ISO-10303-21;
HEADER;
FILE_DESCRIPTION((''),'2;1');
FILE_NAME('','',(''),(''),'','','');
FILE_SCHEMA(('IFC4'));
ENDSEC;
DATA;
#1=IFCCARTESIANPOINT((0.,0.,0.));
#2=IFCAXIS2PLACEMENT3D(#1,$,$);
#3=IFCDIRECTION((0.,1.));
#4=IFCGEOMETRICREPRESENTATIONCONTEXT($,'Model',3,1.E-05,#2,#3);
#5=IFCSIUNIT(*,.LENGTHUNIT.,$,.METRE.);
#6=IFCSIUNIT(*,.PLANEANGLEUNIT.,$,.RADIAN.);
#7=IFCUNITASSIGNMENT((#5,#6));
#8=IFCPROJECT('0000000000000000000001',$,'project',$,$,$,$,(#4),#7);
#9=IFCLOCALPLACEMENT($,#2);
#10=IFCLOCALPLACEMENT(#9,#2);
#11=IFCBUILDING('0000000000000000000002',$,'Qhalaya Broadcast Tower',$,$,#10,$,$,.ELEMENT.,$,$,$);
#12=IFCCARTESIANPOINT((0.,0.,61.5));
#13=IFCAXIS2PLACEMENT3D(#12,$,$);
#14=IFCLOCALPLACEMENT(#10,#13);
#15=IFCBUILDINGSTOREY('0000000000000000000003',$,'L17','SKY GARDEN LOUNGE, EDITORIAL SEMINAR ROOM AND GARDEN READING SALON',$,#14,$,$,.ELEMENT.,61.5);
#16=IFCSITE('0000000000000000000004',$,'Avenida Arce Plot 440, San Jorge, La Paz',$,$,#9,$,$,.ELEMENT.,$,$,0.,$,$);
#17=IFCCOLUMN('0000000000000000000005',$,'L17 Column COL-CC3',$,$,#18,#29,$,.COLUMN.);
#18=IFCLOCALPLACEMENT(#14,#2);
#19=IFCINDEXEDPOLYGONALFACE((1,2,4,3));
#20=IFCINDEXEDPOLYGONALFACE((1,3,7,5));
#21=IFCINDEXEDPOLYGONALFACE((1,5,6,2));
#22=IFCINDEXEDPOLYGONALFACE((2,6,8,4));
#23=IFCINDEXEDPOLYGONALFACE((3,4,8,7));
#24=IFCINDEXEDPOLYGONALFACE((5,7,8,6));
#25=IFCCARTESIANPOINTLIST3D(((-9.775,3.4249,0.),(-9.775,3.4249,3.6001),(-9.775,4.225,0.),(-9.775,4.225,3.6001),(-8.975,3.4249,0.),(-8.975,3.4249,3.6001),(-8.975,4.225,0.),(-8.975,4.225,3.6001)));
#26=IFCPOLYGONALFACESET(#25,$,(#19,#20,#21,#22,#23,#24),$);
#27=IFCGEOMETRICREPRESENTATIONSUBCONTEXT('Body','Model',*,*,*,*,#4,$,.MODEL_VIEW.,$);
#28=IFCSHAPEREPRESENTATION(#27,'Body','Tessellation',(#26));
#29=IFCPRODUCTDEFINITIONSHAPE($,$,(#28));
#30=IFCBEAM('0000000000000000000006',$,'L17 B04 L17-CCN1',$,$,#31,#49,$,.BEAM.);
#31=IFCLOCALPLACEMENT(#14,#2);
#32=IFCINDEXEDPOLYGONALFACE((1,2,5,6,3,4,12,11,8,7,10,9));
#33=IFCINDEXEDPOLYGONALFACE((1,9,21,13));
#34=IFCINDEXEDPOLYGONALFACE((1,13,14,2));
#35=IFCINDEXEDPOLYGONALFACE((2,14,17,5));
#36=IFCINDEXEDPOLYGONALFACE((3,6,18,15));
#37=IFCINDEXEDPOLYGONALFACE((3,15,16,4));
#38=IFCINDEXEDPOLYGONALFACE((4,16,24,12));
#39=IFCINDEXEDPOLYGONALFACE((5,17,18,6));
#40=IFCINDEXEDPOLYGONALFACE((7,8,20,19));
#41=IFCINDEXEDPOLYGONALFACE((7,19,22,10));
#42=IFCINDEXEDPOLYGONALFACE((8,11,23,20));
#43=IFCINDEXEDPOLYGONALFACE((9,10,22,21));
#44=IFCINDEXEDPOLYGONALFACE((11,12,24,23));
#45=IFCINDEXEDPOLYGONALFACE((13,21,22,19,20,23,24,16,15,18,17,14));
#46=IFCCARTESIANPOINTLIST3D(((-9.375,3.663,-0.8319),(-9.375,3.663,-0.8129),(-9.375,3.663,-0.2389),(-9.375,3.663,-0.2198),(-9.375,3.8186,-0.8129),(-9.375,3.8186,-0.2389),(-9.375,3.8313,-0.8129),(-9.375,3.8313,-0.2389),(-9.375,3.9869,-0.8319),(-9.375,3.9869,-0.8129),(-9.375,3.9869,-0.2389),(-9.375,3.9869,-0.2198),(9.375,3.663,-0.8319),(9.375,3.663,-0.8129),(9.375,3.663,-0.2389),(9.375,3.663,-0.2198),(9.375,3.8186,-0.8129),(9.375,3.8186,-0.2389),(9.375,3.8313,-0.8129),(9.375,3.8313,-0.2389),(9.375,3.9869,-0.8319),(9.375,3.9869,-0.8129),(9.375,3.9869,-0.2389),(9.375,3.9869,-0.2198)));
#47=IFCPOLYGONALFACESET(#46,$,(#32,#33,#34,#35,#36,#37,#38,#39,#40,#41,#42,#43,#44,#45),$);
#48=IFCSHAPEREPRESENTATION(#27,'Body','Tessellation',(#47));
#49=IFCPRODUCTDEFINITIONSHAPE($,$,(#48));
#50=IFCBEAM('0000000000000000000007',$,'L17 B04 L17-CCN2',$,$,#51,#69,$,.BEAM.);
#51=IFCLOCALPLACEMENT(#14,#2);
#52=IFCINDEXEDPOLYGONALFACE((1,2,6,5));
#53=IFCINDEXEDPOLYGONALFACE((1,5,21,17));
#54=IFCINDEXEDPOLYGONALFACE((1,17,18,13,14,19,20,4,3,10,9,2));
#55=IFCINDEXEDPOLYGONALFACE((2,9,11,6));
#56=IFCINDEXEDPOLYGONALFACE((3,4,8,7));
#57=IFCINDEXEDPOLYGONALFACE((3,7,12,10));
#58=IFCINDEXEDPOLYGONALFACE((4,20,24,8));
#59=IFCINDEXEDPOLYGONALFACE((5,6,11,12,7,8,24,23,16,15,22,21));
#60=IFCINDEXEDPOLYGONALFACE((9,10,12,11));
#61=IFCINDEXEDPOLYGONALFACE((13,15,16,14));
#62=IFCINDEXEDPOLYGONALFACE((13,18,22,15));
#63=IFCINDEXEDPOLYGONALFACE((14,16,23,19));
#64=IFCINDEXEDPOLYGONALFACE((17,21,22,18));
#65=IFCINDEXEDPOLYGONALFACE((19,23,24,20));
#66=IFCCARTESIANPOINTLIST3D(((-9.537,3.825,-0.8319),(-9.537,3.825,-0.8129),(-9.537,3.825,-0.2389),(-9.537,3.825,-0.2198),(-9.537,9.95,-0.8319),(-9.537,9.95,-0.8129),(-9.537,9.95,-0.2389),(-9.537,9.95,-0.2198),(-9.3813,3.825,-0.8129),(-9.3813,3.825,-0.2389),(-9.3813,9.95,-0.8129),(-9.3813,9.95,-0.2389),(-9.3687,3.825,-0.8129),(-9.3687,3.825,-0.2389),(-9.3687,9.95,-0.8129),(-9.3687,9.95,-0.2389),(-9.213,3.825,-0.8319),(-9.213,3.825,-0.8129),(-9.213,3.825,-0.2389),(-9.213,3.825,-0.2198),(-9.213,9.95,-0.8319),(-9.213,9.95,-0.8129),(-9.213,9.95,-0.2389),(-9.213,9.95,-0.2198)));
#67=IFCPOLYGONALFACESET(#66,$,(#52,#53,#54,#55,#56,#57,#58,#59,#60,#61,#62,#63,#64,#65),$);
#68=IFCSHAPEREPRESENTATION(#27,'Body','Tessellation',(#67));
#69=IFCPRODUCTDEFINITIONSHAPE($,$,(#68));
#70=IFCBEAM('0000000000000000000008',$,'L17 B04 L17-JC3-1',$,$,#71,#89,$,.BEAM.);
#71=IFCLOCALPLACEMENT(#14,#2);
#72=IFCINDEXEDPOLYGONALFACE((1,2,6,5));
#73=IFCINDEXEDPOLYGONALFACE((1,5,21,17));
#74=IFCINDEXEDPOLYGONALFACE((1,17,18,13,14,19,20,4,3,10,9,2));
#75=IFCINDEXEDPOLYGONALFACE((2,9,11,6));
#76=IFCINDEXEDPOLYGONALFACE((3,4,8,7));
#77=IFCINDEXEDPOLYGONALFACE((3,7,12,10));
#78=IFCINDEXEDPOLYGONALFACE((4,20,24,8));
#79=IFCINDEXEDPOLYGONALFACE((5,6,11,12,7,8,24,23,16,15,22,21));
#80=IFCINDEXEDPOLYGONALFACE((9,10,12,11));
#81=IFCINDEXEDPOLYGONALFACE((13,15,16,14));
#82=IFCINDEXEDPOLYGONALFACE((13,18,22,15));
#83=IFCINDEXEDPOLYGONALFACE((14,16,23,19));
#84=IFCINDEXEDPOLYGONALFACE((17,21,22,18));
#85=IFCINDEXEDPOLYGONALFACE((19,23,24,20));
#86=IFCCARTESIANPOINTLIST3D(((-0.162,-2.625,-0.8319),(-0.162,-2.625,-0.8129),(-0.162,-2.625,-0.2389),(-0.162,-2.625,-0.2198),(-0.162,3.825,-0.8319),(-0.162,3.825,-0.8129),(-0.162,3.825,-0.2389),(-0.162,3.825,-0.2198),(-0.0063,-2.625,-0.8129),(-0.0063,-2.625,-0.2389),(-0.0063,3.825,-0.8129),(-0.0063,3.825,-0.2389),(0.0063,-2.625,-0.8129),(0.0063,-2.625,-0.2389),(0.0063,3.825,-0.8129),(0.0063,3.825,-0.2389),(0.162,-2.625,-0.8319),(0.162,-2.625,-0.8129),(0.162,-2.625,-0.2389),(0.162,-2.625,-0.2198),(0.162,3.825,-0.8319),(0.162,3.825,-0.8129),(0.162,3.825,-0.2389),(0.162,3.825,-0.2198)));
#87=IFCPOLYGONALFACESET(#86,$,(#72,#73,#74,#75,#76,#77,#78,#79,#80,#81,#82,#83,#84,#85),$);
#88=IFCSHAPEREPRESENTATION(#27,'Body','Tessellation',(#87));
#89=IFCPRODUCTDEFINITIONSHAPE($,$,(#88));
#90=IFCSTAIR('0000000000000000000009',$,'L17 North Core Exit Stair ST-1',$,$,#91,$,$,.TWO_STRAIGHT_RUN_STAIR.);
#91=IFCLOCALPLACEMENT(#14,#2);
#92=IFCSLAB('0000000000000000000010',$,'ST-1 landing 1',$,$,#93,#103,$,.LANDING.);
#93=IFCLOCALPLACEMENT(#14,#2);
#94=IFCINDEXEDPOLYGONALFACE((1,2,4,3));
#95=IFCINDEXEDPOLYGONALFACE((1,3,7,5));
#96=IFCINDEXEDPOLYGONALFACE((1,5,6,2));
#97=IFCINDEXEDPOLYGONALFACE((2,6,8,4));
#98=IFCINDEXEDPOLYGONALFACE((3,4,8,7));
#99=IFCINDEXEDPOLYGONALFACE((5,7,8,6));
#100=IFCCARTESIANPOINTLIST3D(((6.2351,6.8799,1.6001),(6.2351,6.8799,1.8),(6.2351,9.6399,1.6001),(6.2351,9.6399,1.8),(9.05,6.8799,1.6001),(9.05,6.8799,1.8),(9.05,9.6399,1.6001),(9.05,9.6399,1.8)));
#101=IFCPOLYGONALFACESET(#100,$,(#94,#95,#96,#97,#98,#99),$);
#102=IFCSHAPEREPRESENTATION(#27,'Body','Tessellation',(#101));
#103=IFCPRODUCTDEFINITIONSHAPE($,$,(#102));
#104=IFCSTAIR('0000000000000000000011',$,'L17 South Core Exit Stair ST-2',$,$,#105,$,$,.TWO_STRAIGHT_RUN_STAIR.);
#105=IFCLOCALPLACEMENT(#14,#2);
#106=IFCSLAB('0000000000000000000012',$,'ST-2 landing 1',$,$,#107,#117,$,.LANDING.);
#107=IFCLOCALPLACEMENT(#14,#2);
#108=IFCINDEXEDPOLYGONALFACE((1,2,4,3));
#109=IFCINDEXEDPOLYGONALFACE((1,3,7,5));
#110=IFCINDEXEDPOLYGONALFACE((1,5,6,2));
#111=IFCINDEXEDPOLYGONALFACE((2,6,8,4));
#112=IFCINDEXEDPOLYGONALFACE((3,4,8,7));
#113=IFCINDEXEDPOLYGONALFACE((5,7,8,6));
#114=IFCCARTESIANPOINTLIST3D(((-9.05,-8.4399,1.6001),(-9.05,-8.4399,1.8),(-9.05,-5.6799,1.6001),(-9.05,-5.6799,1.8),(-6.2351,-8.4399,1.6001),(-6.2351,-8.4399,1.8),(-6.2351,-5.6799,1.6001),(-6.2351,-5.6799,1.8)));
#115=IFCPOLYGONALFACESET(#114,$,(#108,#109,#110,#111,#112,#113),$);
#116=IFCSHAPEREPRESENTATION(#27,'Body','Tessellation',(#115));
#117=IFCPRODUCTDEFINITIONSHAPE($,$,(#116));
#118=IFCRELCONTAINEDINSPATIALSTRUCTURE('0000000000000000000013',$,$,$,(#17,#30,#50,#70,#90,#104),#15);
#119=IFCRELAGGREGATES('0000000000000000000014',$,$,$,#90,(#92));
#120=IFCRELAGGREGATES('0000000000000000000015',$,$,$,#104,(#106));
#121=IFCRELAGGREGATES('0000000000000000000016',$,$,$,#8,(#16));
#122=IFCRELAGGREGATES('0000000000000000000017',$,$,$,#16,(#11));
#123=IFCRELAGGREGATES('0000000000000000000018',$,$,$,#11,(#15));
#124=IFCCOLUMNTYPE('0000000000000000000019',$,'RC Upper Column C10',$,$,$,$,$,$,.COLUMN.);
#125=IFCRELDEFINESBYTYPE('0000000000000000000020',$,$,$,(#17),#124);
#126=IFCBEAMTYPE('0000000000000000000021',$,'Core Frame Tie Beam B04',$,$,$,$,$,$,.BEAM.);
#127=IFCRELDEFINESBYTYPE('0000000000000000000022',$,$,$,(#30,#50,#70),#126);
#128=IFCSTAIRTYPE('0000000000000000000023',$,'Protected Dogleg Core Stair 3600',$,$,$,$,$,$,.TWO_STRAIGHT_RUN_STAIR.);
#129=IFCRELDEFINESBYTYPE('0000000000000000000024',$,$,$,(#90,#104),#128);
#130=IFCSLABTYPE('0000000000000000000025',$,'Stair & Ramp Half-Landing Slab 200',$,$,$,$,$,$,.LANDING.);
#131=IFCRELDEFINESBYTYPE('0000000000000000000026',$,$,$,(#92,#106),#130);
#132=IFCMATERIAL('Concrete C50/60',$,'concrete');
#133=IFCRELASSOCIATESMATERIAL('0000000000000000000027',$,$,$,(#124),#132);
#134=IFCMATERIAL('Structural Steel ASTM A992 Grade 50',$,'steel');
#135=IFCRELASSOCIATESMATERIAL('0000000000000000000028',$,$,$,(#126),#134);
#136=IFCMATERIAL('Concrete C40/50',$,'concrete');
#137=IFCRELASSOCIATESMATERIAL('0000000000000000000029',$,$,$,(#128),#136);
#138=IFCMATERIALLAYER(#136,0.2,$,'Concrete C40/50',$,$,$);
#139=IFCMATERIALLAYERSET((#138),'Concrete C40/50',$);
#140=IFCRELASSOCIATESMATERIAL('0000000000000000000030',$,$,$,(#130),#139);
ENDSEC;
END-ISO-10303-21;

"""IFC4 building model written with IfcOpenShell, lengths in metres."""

from ifc_helpers import new_model, si_unit, direction, frame, origin, origin_2d, place, context, subcontext, project, spatial, polyline, rectangle, i_section, outline, extrude, material, layer, layer_set, material_profile, profile_set, type_object, element, aggregate, save


model = new_model("IFC4")

# Units and contexts
model_context = context("Model", 3, precision=1e-05, world=origin(), true_north=direction((0.0, 1.0)))
body_context = subcontext(model_context, "Body", "Model", "MODEL_VIEW")
ifc_project = project(units=[si_unit("LENGTHUNIT", "METRE"), si_unit("PLANEANGLEUNIT", "RADIAN")], contexts=[model_context])

# Site, building, storey
site_placement = place(None, origin())
site = spatial("IfcSite", under=ifc_project, at=site_placement, Name="Avenida Arce Plot 440, San Jorge, La Paz", CompositionType="ELEMENT", RefElevation=0.0)
building_placement = place(site_placement, origin())
building = spatial("IfcBuilding", under=site, at=building_placement, Name="Qhalaya Broadcast Tower", CompositionType="ELEMENT")
storey_placement = place(building_placement, frame((0.0, 0.0, 61.5)))
storey = spatial("IfcBuildingStorey", under=building, at=storey_placement, Name="L17", Description="SKY GARDEN LOUNGE, EDITORIAL SEMINAR ROOM AND GARDEN READING SALON", CompositionType="ELEMENT", Elevation=61.5)

# Column
ifc_material_1 = material(Name="Concrete C50/60", Category="concrete")
ifc_material_profile_1 = material_profile(ifc_material_1, rectangle(XDim=0.8, YDim=0.8, at=origin_2d()), Name="RC-COL 800x800")
ifc_profile_set_1 = profile_set([ifc_material_profile_1], Name="Concrete C50/60")
column_type = type_object("IfcColumnType", Name="RC Upper Column C10", PredefinedType="COLUMN", material=ifc_profile_set_1)
column_placement = place(storey_placement, frame((-9.375, 3.825, 0.0), z_axis=(0.0, 0.0, 1.0), x_axis=(1.0, 0.0, 0.0)))
element("IfcColumn", 1, at=column_placement, inside=storey, type_object=column_type, Name="L17 Column COL-CC3", PredefinedType="COLUMN", context=body_context, shape_type="SweptSolid", body=[
    extrude(rectangle(XDim=0.8, YDim=0.8, at=origin_2d()), origin(), (0.0, 0.0, 1.0), 3.6001),
])

# Beams
ifc_material_2 = material(Name="Structural Steel ASTM A992 Grade 50", Category="steel")
ifc_material_profile_2 = material_profile(ifc_material_2, i_section(OverallWidth=0.324, OverallDepth=0.6121, WebThickness=0.0127, FlangeThickness=0.019, at=origin_2d()), Name="W24X104")
ifc_profile_set_2 = profile_set([ifc_material_profile_2], Name="Structural Steel ASTM A992 Grade 50")
beam_type = type_object("IfcBeamType", Name="Core Frame Tie Beam B04", PredefinedType="BEAM", material=ifc_profile_set_2)
beam_1_placement = place(storey_placement, frame((-9.375, 3.825, -0.5259), z_axis=(1.0, 0.0, 0.0), x_axis=(0.0, 1.0, 0.0)))
element("IfcBeam", 2, at=beam_1_placement, inside=storey, type_object=beam_type, Name="L17 B04 L17-CCN1", PredefinedType="BEAM", context=body_context, shape_type="SweptSolid", body=[
    extrude(i_section(OverallWidth=0.324, OverallDepth=0.6121, WebThickness=0.0127, FlangeThickness=0.019, at=origin_2d()), origin(), (0.0, 0.0, 1.0), 18.75),
])
beam_2_placement = place(storey_placement, frame((-9.375, 3.825, -0.5259), z_axis=(0.0, 1.0, 0.0), x_axis=(-1.0, 0.0, 0.0)))
element("IfcBeam", 3, at=beam_2_placement, inside=storey, type_object=beam_type, Name="L17 B04 L17-CCN2", PredefinedType="BEAM", context=body_context, shape_type="SweptSolid", body=[
    extrude(i_section(OverallWidth=0.324, OverallDepth=0.6121, WebThickness=0.0127, FlangeThickness=0.019, at=origin_2d()), origin(), (0.0, 0.0, 1.0), 6.125),
])
beam_3_placement = place(storey_placement, frame((0.0, -2.625, -0.5259), z_axis=(0.0, 1.0, 0.0), x_axis=(-1.0, 0.0, 0.0)))
element("IfcBeam", 4, at=beam_3_placement, inside=storey, type_object=beam_type, Name="L17 B04 L17-JC3-1", PredefinedType="BEAM", context=body_context, shape_type="SweptSolid", body=[
    extrude(i_section(OverallWidth=0.324, OverallDepth=0.6121, WebThickness=0.0127, FlangeThickness=0.019, at=origin_2d()), origin(), (0.0, 0.0, 1.0), 6.45),
])

# Stairs, slabs
ifc_material_3 = material(Name="Concrete C40/50", Category="concrete")
stair_type = type_object("IfcStairType", Name="Protected Dogleg Core Stair 3600", PredefinedType="TWO_STRAIGHT_RUN_STAIR", material=ifc_material_3)
stair_1_placement = place(storey_placement, origin())
stair_1 = element("IfcStair", 5, at=stair_1_placement, inside=storey, type_object=stair_type, Name="L17 North Core Exit Stair ST-1", PredefinedType="TWO_STRAIGHT_RUN_STAIR")
ifc_layer_1 = layer(ifc_material_3, 0.2, Name="Concrete C40/50")
ifc_layer_set_1 = layer_set([ifc_layer_1], Name="Concrete C40/50")
slab_type_1 = type_object("IfcSlabType", Name="Stair & Ramp Half-Landing Slab 200", PredefinedType="LANDING", material=ifc_layer_set_1)
slab_1_placement = place(storey_placement, frame((0.0, 0.0, 1.6001)))
slab_1 = element("IfcSlab", 6, at=slab_1_placement, type_object=slab_type_1, Name="ST-1 landing 1", PredefinedType="LANDING", context=body_context, shape_type="SweptSolid", body=[
    extrude(outline(polyline([(6.2351, 6.8799), (9.05, 6.8799), (9.05, 9.6399), (6.2351, 9.6399), (6.2351, 6.8799)])), origin(), (0.0, 0.0, 1.0), 0.2),
])
aggregate(stair_1, [slab_1])
stair_2_placement = place(storey_placement, origin())
stair_2 = element("IfcStair", 7, at=stair_2_placement, inside=storey, type_object=stair_type, Name="L17 South Core Exit Stair ST-2", PredefinedType="TWO_STRAIGHT_RUN_STAIR")
slab_2_placement = place(storey_placement, frame((0.0, 0.0, 1.6001)))
slab_2 = element("IfcSlab", 8, at=slab_2_placement, type_object=slab_type_1, Name="ST-2 landing 1", PredefinedType="LANDING", context=body_context, shape_type="SweptSolid", body=[
    extrude(outline(polyline([(-6.2351, -5.6799), (-9.05, -5.6799), (-9.05, -8.4399), (-6.2351, -8.4399), (-6.2351, -5.6799)])), origin(), (0.0, 0.0, 1.0), 0.2),
])
aggregate(stair_2, [slab_2])

save(model, "model.ifc")
